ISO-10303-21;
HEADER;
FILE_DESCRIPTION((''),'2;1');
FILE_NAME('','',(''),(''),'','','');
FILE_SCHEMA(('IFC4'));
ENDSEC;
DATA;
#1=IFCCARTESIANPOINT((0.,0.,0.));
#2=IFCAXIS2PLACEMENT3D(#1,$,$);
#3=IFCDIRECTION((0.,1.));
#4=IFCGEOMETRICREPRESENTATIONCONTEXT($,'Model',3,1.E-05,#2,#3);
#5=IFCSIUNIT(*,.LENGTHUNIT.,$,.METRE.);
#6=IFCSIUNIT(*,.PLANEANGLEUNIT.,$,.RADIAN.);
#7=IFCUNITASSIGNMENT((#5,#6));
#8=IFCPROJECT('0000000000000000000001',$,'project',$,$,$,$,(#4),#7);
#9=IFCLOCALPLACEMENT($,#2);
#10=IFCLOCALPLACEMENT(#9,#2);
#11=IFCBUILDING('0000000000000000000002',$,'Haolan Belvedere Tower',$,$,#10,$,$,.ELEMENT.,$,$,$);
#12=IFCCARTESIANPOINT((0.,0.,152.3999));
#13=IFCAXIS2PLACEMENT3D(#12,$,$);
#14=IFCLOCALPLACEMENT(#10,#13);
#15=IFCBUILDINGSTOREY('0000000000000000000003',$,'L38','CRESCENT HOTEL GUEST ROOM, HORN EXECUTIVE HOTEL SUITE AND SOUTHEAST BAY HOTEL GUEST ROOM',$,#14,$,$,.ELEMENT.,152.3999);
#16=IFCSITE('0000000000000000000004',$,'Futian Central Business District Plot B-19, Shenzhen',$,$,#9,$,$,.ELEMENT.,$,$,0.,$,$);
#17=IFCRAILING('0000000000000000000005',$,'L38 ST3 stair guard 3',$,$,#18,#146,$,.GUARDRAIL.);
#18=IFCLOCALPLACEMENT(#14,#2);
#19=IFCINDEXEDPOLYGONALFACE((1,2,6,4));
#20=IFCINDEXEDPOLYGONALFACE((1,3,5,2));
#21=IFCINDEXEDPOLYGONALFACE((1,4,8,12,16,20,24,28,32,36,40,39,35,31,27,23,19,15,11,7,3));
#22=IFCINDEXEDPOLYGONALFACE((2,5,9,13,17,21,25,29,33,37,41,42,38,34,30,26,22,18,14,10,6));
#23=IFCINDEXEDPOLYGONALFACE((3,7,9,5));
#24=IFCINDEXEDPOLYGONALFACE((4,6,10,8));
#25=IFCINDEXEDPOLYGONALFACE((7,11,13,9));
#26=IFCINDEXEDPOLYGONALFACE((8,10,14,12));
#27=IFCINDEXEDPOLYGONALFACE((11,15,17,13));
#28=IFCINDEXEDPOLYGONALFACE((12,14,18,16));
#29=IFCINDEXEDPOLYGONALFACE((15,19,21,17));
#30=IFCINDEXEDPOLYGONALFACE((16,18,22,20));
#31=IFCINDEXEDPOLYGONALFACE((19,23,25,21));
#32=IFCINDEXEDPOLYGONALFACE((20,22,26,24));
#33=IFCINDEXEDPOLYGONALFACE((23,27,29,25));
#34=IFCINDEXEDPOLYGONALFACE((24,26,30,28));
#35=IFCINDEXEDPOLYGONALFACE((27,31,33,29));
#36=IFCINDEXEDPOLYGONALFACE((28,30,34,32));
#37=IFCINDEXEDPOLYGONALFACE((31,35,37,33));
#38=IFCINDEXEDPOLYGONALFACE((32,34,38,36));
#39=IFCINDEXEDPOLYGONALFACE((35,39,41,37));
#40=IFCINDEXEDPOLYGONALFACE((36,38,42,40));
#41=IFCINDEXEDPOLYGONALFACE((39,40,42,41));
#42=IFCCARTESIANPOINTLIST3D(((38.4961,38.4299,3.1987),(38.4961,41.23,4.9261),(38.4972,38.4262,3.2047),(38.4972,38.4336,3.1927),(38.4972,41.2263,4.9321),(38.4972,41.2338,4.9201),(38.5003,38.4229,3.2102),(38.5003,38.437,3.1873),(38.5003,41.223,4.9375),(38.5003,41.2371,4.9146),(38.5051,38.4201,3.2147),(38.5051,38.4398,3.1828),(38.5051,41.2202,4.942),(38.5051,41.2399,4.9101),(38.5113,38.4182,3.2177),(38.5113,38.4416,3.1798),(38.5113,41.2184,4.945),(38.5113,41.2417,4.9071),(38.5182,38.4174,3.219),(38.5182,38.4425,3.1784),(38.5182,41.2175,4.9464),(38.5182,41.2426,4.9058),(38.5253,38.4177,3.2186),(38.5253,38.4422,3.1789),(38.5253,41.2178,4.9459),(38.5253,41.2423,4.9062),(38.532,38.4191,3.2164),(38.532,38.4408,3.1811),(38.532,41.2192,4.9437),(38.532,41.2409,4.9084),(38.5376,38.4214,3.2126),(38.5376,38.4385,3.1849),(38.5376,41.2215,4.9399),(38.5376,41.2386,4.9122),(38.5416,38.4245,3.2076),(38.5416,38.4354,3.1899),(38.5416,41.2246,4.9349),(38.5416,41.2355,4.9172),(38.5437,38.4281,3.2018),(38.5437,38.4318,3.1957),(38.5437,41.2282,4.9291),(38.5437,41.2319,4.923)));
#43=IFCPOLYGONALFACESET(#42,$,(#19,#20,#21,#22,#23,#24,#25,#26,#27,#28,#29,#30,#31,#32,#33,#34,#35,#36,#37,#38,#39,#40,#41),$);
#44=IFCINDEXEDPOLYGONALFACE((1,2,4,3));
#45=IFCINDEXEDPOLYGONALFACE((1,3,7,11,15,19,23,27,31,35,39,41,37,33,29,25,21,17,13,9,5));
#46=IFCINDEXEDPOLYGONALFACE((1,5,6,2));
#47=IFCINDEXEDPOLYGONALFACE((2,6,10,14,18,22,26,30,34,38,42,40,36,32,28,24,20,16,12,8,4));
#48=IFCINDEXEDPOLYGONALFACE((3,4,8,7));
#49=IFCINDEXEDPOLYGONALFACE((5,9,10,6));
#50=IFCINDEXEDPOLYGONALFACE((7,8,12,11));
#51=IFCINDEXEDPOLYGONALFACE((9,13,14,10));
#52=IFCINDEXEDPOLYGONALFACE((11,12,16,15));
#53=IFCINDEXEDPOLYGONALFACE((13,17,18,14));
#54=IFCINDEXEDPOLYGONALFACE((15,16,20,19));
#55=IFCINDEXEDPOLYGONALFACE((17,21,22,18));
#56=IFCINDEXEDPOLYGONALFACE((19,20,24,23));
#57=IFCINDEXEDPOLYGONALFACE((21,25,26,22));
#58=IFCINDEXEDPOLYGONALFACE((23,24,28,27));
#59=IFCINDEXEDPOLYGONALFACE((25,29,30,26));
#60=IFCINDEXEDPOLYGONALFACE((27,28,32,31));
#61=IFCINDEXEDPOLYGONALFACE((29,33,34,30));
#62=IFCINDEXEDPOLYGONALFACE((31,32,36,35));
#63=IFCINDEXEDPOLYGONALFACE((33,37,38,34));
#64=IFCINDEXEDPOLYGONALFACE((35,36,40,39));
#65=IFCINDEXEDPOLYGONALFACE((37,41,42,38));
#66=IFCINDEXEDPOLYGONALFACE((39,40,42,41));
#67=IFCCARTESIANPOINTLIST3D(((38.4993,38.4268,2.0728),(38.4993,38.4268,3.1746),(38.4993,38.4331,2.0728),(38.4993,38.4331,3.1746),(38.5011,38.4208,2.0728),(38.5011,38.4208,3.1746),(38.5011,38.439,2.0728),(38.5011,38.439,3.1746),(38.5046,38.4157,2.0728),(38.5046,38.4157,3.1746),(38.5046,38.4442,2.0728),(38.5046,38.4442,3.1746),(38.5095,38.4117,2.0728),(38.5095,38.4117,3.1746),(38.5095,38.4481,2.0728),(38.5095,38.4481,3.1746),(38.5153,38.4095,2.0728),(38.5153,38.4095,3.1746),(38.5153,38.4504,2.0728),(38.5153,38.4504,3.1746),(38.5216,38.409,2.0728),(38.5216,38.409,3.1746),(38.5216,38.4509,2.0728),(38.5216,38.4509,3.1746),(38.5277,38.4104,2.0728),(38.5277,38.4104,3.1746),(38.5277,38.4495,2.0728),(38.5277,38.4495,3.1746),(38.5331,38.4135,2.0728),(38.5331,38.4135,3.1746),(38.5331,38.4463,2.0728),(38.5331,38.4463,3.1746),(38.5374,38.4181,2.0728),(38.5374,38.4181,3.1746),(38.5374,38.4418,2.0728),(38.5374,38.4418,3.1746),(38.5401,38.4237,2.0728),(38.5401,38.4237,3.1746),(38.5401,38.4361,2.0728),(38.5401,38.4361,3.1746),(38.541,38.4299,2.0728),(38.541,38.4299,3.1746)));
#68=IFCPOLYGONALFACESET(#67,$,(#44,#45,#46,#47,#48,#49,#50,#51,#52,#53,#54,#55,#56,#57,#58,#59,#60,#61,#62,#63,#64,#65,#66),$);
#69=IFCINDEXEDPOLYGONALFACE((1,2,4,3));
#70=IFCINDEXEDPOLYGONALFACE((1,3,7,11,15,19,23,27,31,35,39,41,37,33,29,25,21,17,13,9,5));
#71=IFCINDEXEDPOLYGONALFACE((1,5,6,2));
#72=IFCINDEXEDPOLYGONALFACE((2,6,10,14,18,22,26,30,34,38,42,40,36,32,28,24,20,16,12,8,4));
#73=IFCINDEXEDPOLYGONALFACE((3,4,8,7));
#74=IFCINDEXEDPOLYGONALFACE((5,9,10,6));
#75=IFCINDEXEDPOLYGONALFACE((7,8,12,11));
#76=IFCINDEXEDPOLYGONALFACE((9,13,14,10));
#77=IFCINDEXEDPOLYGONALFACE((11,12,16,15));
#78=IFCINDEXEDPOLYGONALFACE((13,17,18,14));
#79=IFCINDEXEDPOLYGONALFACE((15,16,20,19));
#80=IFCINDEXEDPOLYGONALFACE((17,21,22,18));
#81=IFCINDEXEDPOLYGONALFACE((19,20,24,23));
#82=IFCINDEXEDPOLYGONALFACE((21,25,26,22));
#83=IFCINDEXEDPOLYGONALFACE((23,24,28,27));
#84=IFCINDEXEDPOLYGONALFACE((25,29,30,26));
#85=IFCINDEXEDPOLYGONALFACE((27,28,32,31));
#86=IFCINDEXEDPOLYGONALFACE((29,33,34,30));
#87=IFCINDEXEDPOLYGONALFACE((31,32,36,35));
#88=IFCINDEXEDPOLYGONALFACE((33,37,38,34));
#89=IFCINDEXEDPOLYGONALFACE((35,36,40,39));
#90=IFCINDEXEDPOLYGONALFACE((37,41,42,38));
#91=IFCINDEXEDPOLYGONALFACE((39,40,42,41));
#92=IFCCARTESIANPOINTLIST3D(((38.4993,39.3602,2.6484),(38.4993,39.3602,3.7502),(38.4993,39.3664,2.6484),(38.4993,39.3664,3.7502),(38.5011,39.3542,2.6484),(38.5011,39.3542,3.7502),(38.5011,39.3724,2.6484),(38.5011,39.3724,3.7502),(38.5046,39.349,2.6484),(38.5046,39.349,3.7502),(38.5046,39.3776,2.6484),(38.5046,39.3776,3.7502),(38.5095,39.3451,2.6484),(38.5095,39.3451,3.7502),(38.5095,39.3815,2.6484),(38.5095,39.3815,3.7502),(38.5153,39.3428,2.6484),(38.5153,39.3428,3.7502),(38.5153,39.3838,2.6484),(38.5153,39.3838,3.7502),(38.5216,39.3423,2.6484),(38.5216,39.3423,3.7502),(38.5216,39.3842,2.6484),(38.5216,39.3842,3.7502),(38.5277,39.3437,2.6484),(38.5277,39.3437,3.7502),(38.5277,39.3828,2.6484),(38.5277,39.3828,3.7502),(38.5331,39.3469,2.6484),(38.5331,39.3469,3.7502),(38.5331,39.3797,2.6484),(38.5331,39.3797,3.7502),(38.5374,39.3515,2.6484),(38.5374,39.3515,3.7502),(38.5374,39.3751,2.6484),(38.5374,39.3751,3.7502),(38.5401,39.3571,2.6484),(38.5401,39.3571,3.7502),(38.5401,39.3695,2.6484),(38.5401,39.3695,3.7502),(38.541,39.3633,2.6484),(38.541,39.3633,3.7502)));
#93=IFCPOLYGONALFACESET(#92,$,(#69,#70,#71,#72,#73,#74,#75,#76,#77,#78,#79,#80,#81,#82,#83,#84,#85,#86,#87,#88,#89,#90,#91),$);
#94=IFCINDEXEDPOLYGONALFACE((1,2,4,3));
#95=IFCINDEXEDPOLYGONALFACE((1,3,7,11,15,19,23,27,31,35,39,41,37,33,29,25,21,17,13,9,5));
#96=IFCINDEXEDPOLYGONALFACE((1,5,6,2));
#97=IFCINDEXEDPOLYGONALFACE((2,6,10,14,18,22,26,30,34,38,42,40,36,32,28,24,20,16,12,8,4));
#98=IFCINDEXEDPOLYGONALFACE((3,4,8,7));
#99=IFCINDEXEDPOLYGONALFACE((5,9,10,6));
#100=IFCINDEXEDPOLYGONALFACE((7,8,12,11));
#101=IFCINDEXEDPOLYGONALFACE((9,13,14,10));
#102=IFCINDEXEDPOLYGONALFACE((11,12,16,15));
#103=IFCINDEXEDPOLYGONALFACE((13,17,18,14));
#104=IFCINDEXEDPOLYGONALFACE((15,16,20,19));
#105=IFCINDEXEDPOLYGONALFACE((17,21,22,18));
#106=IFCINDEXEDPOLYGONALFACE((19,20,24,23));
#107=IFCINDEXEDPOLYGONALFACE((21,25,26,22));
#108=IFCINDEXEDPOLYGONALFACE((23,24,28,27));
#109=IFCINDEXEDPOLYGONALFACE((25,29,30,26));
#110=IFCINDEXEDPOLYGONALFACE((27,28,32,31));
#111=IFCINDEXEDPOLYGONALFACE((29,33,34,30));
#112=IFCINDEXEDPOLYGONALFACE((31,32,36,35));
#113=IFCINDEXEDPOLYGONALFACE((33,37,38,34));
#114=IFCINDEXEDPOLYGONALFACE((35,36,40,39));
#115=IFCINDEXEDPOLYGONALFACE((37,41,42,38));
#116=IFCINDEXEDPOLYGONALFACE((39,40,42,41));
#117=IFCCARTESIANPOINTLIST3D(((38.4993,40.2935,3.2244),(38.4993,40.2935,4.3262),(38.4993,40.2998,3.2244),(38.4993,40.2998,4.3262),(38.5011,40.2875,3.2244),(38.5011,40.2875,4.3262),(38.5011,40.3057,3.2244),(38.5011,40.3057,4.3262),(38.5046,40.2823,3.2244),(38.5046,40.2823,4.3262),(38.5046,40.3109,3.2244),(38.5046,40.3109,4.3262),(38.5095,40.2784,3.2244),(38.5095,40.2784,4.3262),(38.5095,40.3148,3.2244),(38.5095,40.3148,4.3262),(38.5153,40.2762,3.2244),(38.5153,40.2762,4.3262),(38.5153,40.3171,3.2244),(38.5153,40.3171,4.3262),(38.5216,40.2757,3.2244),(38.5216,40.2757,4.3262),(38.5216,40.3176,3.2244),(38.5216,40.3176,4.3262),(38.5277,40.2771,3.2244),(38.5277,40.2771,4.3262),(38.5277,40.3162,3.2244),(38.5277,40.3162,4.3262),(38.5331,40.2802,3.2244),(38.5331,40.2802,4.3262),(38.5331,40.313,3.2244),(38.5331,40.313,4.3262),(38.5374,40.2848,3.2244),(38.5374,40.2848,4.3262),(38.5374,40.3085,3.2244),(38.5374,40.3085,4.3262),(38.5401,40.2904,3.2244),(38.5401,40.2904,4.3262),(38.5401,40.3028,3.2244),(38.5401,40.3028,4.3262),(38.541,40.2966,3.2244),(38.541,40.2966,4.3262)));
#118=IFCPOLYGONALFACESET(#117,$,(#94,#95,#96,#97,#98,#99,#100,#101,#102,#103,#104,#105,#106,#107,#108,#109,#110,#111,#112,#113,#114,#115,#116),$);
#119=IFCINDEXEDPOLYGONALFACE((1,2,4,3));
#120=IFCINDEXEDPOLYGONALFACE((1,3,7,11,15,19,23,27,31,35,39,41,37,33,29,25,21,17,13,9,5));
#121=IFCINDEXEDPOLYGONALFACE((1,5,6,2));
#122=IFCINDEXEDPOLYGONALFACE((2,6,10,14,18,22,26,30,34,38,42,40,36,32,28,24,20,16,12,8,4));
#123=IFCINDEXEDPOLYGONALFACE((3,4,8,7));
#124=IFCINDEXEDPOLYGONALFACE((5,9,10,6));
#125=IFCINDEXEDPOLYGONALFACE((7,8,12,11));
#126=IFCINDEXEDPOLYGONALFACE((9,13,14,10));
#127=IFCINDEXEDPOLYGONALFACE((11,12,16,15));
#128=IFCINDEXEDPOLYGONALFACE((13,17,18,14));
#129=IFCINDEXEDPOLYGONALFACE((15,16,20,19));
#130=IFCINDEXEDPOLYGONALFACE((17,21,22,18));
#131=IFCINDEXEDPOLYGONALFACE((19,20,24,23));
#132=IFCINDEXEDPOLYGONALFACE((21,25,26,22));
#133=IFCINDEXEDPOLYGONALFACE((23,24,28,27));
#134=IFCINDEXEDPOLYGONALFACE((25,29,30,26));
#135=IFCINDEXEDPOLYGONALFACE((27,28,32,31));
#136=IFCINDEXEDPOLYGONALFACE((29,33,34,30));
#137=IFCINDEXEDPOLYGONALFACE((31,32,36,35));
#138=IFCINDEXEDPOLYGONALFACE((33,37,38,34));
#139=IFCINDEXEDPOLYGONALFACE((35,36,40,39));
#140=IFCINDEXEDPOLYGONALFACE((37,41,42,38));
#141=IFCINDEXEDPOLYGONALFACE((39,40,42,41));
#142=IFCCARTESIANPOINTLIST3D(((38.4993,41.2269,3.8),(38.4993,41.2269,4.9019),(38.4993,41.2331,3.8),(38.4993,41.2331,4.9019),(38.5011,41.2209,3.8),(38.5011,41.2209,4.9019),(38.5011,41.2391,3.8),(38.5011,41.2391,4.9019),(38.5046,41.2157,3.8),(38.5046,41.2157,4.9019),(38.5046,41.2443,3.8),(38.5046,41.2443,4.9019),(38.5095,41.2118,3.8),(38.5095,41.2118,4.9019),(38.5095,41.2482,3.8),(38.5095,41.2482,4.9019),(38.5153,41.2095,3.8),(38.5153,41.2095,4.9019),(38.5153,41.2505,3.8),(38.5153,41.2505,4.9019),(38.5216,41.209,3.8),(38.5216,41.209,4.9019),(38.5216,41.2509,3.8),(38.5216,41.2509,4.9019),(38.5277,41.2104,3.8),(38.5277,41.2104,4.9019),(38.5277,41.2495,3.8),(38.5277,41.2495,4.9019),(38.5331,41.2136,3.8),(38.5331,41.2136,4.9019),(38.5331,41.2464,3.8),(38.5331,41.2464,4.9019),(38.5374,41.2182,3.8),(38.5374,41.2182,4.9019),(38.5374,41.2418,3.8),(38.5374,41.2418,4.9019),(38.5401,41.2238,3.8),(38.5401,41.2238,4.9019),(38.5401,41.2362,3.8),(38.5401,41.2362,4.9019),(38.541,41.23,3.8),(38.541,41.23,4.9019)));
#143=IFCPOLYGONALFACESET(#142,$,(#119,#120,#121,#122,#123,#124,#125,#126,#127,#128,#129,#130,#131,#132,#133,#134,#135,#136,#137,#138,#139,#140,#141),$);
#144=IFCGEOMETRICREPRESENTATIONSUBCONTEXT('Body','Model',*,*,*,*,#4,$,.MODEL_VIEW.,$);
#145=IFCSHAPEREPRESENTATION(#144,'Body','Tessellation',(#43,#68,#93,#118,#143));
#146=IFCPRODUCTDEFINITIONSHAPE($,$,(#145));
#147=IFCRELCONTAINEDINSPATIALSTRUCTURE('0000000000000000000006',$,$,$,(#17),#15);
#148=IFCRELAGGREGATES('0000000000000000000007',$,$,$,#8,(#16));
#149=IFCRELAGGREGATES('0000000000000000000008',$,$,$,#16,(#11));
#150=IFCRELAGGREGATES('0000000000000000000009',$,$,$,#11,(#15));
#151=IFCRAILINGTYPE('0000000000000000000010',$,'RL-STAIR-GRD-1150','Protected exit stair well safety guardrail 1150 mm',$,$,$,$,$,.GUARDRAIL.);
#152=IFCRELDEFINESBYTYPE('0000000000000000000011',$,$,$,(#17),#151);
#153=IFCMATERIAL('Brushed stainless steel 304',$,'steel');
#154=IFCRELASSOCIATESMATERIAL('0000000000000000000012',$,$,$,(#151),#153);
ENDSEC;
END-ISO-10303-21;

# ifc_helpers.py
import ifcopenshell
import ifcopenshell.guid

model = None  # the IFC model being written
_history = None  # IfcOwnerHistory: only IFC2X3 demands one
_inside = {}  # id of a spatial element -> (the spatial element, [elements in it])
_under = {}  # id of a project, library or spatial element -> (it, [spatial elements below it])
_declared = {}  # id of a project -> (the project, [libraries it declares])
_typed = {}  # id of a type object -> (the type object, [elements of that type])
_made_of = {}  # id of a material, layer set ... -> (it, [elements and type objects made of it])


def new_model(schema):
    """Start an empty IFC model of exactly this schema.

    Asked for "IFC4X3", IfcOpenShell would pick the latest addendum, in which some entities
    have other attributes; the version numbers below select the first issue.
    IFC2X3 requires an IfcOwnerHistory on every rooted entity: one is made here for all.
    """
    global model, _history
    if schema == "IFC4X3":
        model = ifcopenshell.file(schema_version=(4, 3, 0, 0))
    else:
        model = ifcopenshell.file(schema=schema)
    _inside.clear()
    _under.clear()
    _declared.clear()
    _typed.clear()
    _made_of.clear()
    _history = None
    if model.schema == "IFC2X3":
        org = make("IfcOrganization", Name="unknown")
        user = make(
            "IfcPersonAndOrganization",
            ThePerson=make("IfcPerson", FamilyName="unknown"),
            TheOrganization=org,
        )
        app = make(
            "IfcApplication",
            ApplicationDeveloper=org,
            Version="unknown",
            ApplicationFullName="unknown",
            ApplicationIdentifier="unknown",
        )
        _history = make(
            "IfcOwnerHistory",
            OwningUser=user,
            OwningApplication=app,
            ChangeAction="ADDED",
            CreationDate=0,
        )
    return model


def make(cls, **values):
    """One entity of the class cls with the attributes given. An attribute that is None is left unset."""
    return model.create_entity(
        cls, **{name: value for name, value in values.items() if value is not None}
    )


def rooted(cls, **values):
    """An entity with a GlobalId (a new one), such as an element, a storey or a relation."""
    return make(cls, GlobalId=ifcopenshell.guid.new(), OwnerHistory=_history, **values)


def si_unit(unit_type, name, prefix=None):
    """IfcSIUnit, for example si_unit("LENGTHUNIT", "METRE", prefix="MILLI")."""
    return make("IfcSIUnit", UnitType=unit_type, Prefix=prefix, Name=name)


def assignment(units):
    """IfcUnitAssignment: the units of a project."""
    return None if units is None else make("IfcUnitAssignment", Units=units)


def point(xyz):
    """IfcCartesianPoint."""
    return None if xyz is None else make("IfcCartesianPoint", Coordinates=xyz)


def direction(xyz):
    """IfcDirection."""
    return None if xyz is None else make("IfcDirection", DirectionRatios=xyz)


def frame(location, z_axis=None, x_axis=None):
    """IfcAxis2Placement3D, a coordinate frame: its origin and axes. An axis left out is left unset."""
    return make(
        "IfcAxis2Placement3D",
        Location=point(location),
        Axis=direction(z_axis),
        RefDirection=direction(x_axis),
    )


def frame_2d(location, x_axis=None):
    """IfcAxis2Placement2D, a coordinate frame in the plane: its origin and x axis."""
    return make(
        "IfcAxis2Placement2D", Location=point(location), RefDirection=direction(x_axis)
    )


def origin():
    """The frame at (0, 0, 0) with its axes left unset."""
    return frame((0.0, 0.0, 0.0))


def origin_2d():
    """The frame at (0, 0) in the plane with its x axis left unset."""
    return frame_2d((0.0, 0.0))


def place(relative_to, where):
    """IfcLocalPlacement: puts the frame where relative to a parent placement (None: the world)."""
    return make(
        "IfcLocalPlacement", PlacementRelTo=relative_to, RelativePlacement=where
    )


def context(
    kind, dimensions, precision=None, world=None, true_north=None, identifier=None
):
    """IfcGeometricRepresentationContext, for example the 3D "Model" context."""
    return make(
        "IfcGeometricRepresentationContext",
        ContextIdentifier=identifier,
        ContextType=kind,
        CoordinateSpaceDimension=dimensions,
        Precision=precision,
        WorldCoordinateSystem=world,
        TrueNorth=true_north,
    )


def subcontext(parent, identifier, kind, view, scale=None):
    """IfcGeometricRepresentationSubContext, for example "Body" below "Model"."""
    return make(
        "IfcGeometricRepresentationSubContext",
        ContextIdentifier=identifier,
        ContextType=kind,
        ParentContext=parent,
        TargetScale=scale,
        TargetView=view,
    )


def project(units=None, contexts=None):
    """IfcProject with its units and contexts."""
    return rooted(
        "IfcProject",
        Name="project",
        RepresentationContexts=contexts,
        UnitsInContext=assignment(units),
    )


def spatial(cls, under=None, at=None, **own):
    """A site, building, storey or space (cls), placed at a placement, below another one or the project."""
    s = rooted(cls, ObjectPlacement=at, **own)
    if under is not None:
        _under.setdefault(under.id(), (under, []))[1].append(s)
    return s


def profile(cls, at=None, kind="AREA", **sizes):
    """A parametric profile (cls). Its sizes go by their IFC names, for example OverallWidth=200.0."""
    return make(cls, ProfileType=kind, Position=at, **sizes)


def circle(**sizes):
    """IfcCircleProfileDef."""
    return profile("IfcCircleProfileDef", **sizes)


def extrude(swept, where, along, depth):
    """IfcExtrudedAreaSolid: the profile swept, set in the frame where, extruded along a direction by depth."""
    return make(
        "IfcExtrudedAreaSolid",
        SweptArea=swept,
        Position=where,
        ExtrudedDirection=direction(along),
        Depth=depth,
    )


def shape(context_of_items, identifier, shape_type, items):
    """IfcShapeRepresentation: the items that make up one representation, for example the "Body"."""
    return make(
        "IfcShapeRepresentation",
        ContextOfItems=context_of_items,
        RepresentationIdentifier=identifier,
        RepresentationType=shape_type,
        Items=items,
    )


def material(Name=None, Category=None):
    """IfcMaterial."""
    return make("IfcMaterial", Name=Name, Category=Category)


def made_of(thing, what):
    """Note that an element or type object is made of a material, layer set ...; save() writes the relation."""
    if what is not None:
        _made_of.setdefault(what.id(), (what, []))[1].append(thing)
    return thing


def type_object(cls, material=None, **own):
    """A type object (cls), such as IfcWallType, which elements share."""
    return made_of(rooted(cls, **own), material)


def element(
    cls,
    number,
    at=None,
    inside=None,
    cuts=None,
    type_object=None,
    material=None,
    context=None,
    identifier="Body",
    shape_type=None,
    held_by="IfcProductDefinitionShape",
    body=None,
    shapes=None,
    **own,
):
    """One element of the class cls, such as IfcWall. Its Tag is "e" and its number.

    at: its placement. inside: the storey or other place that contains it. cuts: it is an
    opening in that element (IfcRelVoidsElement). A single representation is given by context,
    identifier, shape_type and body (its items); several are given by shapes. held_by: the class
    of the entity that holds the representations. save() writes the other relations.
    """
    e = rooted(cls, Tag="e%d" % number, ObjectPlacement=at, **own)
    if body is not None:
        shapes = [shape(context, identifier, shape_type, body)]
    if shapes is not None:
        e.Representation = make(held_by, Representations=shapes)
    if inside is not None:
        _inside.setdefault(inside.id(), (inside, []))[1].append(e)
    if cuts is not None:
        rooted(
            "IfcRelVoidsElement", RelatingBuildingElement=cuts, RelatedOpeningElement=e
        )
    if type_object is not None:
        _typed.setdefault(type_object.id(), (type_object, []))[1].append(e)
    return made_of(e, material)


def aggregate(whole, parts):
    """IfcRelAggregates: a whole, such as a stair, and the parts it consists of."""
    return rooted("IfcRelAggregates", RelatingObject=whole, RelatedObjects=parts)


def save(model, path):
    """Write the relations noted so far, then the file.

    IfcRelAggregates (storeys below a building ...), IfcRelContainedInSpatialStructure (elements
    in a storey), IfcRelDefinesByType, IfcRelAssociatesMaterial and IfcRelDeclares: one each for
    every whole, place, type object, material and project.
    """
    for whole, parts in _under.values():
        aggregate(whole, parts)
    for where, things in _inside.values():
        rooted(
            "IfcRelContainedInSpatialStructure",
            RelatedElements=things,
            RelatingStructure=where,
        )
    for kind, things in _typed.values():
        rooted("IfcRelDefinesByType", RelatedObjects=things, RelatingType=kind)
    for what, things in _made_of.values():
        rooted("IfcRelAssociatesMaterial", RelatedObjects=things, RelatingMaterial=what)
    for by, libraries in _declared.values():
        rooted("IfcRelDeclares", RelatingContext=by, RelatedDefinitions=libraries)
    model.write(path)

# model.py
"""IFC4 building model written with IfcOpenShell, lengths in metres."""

from ifc_helpers import new_model, si_unit, direction, frame, origin, origin_2d, place, context, subcontext, project, spatial, circle, extrude, material, type_object, element, save


model = new_model("IFC4")

# Units and contexts
model_context = context("Model", 3, precision=1e-05, world=origin(), true_north=direction((0.0, 1.0)))
body_context = subcontext(model_context, "Body", "Model", "MODEL_VIEW")
ifc_project = project(units=[si_unit("LENGTHUNIT", "METRE"), si_unit("PLANEANGLEUNIT", "RADIAN")], contexts=[model_context])

# Site, building, storey
site_placement = place(None, origin())
site = spatial("IfcSite", under=ifc_project, at=site_placement, Name="Futian Central Business District Plot B-19, Shenzhen", CompositionType="ELEMENT", RefElevation=0.0)
building_placement = place(site_placement, origin())
building = spatial("IfcBuilding", under=site, at=building_placement, Name="Haolan Belvedere Tower", CompositionType="ELEMENT")
storey_placement = place(building_placement, frame((0.0, 0.0, 152.3999)))
storey = spatial("IfcBuildingStorey", under=building, at=storey_placement, Name="L38", Description="CRESCENT HOTEL GUEST ROOM, HORN EXECUTIVE HOTEL SUITE AND SOUTHEAST BAY HOTEL GUEST ROOM", CompositionType="ELEMENT", Elevation=152.3999)

# Railing
ifc_material_1 = material(Name="Brushed stainless steel 304", Category="steel")
railing_type_1 = type_object("IfcRailingType", Name="RL-STAIR-GRD-1150", Description="Protected exit stair well safety guardrail 1150 mm", PredefinedType="GUARDRAIL", material=ifc_material_1)
railing_1_placement = place(storey_placement, frame((38.52, 38.4299, 2.0728)))
element("IfcRailing", 1, at=railing_1_placement, inside=storey, type_object=railing_type_1, Name="L38 ST3 stair guard 3", PredefinedType="GUARDRAIL", context=body_context, shape_type="SweptSolid", body=[
    extrude(circle(Radius=0.0239, at=origin_2d()), frame((0.0, 0.0, 1.126), z_axis=(0.0, 0.85109, 0.52502), x_axis=(-1.0, 0.0, 0.0)), (0.0, 0.0, 1.0), 3.29),
    extrude(circle(Radius=0.021, at=origin_2d()), origin(), (0.0, 0.0, 1.0), 1.1018),
    extrude(circle(Radius=0.021, at=origin_2d()), frame((0.0, 0.9333, 0.5757)), (0.0, 0.0, 1.0), 1.1018),
    extrude(circle(Radius=0.021, at=origin_2d()), frame((0.0, 1.8667, 1.1516)), (0.0, 0.0, 1.0), 1.1018),
    extrude(circle(Radius=0.021, at=origin_2d()), frame((0.0, 2.8, 1.7273)), (0.0, 0.0, 1.0), 1.1018),
])

save(model, "model.ifc")
